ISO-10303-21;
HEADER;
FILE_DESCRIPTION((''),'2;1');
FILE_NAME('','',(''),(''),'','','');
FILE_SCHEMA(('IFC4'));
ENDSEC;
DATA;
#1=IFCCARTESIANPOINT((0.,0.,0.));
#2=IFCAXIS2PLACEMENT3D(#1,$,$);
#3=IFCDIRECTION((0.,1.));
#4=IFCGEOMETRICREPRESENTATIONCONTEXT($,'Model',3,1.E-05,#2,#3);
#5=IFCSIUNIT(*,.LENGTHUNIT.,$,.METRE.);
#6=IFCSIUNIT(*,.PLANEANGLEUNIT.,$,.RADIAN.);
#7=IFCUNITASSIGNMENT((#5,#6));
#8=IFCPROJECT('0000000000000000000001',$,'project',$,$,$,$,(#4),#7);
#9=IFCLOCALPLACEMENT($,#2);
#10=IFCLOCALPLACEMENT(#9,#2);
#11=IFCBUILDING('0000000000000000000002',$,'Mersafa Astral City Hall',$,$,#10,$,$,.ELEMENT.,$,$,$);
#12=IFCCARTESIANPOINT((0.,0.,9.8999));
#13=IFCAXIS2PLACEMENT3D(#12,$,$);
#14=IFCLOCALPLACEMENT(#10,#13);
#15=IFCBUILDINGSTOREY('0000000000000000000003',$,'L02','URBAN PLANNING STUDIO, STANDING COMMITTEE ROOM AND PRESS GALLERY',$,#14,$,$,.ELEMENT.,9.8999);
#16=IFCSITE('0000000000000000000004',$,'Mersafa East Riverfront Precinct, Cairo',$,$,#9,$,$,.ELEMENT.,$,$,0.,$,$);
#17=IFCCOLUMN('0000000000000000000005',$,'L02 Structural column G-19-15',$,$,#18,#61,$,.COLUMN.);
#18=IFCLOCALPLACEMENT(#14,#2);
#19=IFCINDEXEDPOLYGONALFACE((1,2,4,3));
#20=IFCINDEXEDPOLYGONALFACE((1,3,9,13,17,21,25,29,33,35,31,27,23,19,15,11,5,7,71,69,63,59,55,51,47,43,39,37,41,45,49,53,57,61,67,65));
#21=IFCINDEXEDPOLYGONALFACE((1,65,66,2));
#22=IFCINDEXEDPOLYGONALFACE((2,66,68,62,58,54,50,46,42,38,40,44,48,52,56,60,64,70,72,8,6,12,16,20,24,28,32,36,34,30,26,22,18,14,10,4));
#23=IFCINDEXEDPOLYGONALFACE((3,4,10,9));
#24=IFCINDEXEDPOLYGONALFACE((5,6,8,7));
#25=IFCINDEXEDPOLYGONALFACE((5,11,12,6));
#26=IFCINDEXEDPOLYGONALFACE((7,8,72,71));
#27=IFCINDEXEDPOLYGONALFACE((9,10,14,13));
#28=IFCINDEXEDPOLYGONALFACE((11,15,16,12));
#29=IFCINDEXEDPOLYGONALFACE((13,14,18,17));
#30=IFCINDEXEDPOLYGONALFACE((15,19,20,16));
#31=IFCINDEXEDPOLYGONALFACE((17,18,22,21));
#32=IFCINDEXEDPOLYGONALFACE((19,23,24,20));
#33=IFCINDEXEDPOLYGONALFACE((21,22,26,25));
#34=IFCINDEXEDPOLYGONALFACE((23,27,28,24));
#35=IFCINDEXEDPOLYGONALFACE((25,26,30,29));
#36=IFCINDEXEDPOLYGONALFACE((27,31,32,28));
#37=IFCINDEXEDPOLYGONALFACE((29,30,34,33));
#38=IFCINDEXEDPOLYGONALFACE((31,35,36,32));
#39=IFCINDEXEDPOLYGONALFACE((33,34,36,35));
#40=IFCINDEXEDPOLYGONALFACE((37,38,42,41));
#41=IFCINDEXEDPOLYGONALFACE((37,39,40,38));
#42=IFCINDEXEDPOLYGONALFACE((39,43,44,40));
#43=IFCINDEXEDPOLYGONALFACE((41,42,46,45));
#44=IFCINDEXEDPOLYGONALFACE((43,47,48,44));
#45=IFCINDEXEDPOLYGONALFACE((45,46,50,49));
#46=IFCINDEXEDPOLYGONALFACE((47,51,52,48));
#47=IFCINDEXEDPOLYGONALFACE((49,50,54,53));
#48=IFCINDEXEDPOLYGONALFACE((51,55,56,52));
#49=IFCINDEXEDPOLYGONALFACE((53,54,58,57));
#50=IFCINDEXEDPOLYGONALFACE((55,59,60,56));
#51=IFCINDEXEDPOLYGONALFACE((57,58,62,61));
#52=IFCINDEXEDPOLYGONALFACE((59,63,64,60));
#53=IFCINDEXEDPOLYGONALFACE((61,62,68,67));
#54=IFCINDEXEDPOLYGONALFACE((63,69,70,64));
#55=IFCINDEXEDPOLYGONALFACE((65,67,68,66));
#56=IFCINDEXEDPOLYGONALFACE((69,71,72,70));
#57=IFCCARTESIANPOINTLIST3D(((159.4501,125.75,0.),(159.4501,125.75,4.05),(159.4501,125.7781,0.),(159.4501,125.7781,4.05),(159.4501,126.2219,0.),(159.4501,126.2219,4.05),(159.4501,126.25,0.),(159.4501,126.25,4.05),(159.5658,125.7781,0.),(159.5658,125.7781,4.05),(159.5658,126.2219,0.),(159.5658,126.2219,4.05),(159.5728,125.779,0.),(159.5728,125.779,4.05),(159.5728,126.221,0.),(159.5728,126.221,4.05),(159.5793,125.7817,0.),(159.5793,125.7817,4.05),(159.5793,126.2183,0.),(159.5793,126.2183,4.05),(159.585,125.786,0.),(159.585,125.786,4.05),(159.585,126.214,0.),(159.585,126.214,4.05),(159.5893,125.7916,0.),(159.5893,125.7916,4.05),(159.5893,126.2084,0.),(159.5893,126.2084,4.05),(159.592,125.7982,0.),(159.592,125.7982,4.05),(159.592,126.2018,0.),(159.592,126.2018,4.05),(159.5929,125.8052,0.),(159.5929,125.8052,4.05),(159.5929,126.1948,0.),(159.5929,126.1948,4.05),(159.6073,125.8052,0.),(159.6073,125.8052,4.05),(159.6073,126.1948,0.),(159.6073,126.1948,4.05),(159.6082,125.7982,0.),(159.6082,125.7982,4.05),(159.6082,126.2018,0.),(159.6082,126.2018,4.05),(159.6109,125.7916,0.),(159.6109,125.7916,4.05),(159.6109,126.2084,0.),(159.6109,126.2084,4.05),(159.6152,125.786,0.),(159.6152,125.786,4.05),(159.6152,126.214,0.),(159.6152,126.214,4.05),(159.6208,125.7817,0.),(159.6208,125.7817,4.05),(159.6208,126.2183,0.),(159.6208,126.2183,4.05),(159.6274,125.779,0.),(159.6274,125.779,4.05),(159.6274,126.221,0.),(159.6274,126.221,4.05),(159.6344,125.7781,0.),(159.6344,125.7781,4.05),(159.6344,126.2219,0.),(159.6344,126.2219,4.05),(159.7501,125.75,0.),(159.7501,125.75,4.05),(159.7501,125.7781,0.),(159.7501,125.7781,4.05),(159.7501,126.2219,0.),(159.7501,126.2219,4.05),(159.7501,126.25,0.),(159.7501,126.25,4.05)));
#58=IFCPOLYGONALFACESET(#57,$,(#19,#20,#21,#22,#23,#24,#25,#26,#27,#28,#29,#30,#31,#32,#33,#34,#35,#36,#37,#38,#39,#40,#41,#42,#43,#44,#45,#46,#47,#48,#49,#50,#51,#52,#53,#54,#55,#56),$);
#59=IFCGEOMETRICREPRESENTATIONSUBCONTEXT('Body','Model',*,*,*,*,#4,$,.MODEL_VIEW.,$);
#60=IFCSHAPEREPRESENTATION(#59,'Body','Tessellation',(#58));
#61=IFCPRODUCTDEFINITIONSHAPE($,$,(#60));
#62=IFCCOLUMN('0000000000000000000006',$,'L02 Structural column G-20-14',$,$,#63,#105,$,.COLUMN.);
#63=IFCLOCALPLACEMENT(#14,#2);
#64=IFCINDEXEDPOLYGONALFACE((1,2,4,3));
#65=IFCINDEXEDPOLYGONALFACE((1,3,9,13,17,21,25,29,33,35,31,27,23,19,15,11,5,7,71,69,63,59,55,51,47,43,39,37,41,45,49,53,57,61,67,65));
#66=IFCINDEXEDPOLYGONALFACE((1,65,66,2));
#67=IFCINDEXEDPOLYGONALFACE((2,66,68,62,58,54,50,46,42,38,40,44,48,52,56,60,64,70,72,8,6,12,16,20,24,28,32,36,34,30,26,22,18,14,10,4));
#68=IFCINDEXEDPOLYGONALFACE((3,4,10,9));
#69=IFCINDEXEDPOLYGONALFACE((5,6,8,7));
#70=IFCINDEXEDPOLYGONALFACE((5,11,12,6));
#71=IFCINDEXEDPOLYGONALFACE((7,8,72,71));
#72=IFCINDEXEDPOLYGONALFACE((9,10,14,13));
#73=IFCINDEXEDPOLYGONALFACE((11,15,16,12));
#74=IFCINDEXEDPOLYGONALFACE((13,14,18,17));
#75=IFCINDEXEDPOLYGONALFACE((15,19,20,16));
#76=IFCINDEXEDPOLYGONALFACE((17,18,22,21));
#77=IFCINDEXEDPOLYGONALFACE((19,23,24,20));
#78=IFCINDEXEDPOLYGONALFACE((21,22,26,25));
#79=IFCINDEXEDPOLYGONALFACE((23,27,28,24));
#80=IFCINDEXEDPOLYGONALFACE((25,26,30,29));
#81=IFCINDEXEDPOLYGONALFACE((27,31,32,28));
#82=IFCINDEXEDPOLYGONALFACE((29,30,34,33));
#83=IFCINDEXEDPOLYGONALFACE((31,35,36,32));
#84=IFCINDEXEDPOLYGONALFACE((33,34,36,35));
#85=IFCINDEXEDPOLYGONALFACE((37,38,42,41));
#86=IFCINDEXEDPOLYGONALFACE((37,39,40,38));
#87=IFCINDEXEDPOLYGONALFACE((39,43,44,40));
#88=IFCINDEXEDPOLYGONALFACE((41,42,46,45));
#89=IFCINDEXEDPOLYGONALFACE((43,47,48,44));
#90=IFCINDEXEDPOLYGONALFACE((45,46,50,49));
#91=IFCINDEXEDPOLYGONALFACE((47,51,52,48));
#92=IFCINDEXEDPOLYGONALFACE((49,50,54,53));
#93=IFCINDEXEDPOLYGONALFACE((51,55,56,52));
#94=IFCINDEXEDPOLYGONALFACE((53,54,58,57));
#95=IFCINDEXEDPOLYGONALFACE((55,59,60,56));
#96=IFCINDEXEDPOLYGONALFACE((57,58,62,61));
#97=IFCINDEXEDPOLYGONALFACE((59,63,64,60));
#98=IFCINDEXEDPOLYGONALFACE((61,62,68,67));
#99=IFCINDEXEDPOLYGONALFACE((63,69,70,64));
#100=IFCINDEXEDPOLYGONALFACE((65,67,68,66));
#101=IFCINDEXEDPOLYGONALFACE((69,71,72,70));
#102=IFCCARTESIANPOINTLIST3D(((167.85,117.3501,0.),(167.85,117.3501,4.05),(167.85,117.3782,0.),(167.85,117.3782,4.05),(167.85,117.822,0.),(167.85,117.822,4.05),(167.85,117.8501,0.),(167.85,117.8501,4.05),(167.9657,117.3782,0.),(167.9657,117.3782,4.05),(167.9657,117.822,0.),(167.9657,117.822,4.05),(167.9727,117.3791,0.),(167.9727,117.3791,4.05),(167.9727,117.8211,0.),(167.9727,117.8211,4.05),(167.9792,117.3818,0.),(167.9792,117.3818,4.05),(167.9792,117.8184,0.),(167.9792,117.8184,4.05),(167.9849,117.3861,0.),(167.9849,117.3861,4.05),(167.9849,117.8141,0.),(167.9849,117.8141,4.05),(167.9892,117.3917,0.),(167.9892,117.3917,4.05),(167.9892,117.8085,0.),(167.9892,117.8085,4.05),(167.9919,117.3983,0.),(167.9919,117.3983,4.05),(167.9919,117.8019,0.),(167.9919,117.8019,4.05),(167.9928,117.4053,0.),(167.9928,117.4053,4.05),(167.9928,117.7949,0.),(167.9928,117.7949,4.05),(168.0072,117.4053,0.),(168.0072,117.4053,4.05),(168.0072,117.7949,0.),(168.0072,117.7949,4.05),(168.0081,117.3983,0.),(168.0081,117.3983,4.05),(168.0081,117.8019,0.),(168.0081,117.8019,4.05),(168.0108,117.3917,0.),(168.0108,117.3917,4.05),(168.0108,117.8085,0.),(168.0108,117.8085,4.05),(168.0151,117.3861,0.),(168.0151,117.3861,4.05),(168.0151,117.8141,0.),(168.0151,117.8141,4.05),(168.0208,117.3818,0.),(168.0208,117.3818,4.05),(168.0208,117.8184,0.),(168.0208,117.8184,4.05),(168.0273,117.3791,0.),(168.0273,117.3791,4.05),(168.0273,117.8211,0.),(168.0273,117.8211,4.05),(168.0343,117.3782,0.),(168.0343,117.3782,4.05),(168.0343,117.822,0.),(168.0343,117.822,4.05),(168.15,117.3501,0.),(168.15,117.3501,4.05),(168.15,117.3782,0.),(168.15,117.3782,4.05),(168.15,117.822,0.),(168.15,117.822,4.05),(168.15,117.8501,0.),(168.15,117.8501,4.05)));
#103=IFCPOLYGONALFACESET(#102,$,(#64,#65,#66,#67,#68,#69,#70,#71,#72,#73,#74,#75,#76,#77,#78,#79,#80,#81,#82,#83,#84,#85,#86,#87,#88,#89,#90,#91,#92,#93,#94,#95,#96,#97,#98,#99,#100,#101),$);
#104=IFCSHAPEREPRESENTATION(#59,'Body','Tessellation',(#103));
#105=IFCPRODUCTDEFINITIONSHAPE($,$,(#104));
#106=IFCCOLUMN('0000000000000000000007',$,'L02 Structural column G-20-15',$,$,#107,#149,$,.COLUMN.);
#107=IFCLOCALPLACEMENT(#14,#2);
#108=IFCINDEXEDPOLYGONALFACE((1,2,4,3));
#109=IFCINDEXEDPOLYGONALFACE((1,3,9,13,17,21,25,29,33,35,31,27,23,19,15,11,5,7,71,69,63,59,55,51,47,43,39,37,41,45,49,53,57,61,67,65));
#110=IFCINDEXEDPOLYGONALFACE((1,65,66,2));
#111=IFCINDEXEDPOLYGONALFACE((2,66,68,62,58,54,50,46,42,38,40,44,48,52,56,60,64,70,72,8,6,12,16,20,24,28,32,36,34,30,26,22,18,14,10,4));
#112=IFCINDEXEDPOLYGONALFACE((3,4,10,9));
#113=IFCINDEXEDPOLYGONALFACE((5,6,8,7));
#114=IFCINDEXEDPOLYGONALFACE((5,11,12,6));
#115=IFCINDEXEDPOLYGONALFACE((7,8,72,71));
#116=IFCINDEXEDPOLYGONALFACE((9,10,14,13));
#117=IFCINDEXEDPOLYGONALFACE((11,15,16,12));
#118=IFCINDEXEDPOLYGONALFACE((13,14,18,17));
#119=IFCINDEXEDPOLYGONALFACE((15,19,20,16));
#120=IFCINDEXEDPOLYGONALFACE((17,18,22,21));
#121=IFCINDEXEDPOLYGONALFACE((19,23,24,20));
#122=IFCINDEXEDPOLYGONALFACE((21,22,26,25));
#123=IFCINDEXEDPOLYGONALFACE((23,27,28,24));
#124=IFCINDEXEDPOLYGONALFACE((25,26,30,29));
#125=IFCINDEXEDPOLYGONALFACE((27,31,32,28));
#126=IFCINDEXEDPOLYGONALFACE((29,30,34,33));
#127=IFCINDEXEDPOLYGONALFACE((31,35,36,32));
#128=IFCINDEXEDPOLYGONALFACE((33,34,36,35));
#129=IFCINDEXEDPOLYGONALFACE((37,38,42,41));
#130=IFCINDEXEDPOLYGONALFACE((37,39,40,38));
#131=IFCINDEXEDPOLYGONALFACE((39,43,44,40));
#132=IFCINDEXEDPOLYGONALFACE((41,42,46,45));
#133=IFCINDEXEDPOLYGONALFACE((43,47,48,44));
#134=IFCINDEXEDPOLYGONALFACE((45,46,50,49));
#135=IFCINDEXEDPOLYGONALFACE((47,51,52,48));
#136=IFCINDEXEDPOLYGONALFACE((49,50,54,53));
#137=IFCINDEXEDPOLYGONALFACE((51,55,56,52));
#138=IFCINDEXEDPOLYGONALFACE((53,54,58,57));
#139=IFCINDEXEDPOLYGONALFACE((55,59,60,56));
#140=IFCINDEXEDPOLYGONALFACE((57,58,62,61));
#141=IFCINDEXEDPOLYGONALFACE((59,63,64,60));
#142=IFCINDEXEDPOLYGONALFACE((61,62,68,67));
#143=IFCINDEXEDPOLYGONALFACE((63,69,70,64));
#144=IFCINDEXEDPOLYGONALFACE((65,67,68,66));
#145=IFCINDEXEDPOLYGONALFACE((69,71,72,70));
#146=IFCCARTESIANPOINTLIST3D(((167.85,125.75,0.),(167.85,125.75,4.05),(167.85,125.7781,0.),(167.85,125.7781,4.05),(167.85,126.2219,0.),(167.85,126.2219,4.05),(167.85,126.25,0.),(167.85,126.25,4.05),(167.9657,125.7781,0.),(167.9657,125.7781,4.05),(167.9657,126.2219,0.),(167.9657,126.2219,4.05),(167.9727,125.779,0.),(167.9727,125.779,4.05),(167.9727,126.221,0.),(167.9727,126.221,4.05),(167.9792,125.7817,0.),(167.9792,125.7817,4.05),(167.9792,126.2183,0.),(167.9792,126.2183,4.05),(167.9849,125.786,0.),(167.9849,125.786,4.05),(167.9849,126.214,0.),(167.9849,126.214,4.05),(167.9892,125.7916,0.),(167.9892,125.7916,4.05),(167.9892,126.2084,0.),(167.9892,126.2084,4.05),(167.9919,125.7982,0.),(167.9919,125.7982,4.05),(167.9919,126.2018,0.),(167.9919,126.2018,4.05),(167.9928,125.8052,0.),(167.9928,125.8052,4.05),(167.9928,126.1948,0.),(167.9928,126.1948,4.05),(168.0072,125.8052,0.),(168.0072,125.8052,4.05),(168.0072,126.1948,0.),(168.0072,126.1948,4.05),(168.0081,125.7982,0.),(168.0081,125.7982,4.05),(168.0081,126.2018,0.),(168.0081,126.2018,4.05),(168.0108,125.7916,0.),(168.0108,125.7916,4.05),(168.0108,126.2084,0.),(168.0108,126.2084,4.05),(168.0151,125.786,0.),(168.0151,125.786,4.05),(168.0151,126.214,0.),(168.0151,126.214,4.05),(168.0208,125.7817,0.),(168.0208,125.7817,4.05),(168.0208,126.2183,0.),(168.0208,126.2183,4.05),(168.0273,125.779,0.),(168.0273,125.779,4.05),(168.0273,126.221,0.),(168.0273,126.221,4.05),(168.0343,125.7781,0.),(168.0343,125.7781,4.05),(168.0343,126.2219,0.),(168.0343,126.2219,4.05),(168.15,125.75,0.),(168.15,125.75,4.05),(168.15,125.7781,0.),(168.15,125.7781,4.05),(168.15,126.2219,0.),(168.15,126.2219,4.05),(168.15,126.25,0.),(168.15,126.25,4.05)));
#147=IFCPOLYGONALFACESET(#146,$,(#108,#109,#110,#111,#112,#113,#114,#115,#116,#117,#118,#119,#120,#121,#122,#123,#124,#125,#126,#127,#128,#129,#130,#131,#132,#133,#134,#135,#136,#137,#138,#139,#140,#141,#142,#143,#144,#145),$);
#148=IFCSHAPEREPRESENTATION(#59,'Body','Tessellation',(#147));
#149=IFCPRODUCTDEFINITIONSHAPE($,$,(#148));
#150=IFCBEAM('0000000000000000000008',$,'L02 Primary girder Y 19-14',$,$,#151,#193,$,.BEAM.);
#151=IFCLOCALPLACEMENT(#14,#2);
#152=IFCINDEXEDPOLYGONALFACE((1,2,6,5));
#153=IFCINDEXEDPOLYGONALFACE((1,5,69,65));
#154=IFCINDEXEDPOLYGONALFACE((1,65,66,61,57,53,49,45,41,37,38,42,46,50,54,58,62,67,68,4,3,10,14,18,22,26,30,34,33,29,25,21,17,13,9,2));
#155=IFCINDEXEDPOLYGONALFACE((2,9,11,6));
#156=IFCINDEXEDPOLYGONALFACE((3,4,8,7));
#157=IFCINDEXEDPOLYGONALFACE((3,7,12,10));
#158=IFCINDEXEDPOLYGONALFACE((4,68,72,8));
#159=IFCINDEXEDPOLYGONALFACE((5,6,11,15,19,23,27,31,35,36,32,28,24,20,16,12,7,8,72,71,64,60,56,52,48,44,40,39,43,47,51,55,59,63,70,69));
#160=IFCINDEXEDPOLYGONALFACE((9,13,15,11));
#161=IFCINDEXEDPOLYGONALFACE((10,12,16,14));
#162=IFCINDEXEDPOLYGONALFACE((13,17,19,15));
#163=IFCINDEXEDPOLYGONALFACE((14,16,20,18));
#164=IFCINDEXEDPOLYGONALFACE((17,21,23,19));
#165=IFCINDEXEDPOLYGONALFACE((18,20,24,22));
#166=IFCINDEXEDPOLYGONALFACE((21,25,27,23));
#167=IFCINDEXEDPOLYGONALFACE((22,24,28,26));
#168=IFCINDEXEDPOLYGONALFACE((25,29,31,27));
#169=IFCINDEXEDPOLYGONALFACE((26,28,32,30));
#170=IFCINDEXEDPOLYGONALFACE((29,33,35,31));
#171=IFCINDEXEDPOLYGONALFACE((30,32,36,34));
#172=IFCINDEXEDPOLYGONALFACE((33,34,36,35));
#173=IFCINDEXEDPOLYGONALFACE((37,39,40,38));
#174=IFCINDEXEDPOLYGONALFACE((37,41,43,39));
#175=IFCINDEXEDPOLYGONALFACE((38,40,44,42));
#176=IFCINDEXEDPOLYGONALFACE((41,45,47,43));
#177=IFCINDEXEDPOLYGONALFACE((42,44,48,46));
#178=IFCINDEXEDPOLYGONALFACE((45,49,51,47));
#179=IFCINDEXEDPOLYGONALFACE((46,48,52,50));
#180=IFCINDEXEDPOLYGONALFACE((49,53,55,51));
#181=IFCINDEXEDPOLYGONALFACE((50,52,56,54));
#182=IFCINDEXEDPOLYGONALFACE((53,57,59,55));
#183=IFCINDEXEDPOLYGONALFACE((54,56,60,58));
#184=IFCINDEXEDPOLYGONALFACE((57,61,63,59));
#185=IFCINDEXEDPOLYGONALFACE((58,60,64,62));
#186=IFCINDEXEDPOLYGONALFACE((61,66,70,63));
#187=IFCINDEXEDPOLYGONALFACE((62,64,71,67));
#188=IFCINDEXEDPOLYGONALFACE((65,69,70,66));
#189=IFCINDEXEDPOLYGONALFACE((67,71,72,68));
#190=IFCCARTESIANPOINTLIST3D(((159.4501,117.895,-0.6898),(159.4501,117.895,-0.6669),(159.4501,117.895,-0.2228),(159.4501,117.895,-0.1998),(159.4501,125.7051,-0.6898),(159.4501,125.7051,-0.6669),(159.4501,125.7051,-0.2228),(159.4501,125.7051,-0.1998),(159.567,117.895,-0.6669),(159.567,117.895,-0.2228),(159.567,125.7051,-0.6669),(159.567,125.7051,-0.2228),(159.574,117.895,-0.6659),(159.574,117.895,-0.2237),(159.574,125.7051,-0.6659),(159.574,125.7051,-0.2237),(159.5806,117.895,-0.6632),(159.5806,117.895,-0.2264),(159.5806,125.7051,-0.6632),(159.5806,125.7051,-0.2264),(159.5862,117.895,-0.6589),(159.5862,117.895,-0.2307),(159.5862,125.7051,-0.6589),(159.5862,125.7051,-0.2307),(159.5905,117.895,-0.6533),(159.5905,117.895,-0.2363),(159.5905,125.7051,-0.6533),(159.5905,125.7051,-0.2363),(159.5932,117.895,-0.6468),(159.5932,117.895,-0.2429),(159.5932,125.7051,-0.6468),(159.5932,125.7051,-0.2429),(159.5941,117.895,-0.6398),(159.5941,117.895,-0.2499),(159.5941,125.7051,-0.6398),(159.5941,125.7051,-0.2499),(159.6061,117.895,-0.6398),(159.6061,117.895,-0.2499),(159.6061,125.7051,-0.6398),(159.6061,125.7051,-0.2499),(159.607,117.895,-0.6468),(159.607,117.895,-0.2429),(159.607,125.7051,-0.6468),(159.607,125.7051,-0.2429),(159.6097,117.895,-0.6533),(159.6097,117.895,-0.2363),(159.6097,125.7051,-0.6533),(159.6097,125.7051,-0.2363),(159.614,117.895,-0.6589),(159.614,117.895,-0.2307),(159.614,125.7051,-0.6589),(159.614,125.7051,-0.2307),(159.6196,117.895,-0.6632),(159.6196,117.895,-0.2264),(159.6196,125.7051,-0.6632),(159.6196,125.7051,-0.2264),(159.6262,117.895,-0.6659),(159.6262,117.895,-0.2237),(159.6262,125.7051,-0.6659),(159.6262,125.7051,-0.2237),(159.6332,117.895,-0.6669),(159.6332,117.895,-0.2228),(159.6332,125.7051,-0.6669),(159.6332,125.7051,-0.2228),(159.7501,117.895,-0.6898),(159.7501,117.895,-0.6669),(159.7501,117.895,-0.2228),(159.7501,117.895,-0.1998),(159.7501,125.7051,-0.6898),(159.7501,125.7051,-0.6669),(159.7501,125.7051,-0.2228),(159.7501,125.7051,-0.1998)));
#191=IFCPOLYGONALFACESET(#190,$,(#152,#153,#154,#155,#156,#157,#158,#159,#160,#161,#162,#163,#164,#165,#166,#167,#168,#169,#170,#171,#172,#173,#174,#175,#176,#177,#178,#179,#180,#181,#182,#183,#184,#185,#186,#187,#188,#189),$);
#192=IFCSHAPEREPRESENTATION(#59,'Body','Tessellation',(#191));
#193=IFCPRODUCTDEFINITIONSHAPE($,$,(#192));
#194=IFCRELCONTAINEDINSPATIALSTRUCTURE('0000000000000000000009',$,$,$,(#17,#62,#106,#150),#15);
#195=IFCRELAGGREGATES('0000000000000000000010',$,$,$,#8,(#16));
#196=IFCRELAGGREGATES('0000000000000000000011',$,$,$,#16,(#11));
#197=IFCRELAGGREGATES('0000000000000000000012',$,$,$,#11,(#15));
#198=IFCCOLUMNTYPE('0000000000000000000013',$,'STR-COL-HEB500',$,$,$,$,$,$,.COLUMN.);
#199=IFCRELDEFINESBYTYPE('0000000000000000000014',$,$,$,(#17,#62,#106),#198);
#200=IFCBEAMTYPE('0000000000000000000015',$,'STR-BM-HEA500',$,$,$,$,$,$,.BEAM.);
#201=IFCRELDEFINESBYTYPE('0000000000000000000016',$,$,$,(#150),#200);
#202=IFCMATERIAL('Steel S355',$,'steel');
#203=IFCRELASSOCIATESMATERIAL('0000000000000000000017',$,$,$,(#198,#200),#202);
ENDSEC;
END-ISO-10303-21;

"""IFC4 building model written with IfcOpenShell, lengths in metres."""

from ifc_helpers import new_model, si_unit, direction, frame, origin, origin_2d, place, context, subcontext, project, spatial, i_section, extrude, material, material_profile, profile_set, type_object, element, save


model = new_model("IFC4")

# Units and contexts
model_context = context("Model", 3, precision=1e-05, world=origin(), true_north=direction((0.0, 1.0)))
body_context = subcontext(model_context, "Body", "Model", "MODEL_VIEW")
ifc_project = project(units=[si_unit("LENGTHUNIT", "METRE"), si_unit("PLANEANGLEUNIT", "RADIAN")], contexts=[model_context])

# Site, building, storey
site_placement = place(None, origin())
site = spatial("IfcSite", under=ifc_project, at=site_placement, Name="Mersafa East Riverfront Precinct, Cairo", CompositionType="ELEMENT", RefElevation=0.0)
building_placement = place(site_placement, origin())
building = spatial("IfcBuilding", under=site, at=building_placement, Name="Mersafa Astral City Hall", CompositionType="ELEMENT")
storey_placement = place(building_placement, frame((0.0, 0.0, 9.8999)))
storey = spatial("IfcBuildingStorey", under=building, at=storey_placement, Name="L02", Description="URBAN PLANNING STUDIO, STANDING COMMITTEE ROOM AND PRESS GALLERY", CompositionType="ELEMENT", Elevation=9.8999)

# Columns
ifc_material_1 = material(Name="Steel S355", Category="steel")
ifc_material_profile_1 = material_profile(ifc_material_1, i_section(OverallWidth=0.3, OverallDepth=0.5, WebThickness=0.0144, FlangeThickness=0.0281, FilletRadius=0.0271, at=origin_2d()), Name="HEB 500")
ifc_profile_set_1 = profile_set([ifc_material_profile_1], Name="Steel S355")
column_type = type_object("IfcColumnType", Name="STR-COL-HEB500", PredefinedType="COLUMN", material=ifc_profile_set_1)
for number, where, z_axis, x_axis, name in (
    (1, (159.6001, 126.0, 0.0), (0.0, 0.0, 1.0), (1.0, 0.0, 0.0), "L02 Structural column G-19-15"),
    (2, (168.0, 117.6001, 0.0), (0.0, 0.0, 1.0), (1.0, 0.0, 0.0), "L02 Structural column G-20-14"),
    (3, (168.0, 126.0, 0.0), (0.0, 0.0, 1.0), (1.0, 0.0, 0.0), "L02 Structural column G-20-15"),
):
    element("IfcColumn", number, at=place(storey_placement, frame(where, z_axis=z_axis, x_axis=x_axis)), inside=storey, type_object=column_type, Name=name, PredefinedType="COLUMN", context=body_context, shape_type="SweptSolid", body=[
        extrude(i_section(OverallWidth=0.3, OverallDepth=0.5, WebThickness=0.0144, FlangeThickness=0.0281, FilletRadius=0.0271, at=origin_2d()), origin(), (0.0, 0.0, 1.0), 4.05),
    ])

# Beam
ifc_material_profile_2 = material_profile(ifc_material_1, i_section(OverallWidth=0.3, OverallDepth=0.49, WebThickness=0.012, FlangeThickness=0.0229, FilletRadius=0.0271, at=origin_2d()), Name="HEA 500")
ifc_profile_set_2 = profile_set([ifc_material_profile_2], Name="Steel S355")
beam_type_1 = type_object("IfcBeamType", Name="STR-BM-HEA500", PredefinedType="BEAM", material=ifc_profile_set_2)
beam_1_placement = place(storey_placement, frame((159.6001, 117.895, -0.4448), z_axis=(0.0, 1.0, 0.0), x_axis=(-1.0, 0.0, 0.0)))
element("IfcBeam", 4, at=beam_1_placement, inside=storey, type_object=beam_type_1, Name="L02 Primary girder Y 19-14", PredefinedType="BEAM", context=body_context, shape_type="SweptSolid", body=[
    extrude(i_section(OverallWidth=0.3, OverallDepth=0.49, WebThickness=0.012, FlangeThickness=0.0229, FilletRadius=0.0271, at=origin_2d()), origin(), (0.0, 0.0, 1.0), 7.8101),
])

save(model, "model.ifc")
